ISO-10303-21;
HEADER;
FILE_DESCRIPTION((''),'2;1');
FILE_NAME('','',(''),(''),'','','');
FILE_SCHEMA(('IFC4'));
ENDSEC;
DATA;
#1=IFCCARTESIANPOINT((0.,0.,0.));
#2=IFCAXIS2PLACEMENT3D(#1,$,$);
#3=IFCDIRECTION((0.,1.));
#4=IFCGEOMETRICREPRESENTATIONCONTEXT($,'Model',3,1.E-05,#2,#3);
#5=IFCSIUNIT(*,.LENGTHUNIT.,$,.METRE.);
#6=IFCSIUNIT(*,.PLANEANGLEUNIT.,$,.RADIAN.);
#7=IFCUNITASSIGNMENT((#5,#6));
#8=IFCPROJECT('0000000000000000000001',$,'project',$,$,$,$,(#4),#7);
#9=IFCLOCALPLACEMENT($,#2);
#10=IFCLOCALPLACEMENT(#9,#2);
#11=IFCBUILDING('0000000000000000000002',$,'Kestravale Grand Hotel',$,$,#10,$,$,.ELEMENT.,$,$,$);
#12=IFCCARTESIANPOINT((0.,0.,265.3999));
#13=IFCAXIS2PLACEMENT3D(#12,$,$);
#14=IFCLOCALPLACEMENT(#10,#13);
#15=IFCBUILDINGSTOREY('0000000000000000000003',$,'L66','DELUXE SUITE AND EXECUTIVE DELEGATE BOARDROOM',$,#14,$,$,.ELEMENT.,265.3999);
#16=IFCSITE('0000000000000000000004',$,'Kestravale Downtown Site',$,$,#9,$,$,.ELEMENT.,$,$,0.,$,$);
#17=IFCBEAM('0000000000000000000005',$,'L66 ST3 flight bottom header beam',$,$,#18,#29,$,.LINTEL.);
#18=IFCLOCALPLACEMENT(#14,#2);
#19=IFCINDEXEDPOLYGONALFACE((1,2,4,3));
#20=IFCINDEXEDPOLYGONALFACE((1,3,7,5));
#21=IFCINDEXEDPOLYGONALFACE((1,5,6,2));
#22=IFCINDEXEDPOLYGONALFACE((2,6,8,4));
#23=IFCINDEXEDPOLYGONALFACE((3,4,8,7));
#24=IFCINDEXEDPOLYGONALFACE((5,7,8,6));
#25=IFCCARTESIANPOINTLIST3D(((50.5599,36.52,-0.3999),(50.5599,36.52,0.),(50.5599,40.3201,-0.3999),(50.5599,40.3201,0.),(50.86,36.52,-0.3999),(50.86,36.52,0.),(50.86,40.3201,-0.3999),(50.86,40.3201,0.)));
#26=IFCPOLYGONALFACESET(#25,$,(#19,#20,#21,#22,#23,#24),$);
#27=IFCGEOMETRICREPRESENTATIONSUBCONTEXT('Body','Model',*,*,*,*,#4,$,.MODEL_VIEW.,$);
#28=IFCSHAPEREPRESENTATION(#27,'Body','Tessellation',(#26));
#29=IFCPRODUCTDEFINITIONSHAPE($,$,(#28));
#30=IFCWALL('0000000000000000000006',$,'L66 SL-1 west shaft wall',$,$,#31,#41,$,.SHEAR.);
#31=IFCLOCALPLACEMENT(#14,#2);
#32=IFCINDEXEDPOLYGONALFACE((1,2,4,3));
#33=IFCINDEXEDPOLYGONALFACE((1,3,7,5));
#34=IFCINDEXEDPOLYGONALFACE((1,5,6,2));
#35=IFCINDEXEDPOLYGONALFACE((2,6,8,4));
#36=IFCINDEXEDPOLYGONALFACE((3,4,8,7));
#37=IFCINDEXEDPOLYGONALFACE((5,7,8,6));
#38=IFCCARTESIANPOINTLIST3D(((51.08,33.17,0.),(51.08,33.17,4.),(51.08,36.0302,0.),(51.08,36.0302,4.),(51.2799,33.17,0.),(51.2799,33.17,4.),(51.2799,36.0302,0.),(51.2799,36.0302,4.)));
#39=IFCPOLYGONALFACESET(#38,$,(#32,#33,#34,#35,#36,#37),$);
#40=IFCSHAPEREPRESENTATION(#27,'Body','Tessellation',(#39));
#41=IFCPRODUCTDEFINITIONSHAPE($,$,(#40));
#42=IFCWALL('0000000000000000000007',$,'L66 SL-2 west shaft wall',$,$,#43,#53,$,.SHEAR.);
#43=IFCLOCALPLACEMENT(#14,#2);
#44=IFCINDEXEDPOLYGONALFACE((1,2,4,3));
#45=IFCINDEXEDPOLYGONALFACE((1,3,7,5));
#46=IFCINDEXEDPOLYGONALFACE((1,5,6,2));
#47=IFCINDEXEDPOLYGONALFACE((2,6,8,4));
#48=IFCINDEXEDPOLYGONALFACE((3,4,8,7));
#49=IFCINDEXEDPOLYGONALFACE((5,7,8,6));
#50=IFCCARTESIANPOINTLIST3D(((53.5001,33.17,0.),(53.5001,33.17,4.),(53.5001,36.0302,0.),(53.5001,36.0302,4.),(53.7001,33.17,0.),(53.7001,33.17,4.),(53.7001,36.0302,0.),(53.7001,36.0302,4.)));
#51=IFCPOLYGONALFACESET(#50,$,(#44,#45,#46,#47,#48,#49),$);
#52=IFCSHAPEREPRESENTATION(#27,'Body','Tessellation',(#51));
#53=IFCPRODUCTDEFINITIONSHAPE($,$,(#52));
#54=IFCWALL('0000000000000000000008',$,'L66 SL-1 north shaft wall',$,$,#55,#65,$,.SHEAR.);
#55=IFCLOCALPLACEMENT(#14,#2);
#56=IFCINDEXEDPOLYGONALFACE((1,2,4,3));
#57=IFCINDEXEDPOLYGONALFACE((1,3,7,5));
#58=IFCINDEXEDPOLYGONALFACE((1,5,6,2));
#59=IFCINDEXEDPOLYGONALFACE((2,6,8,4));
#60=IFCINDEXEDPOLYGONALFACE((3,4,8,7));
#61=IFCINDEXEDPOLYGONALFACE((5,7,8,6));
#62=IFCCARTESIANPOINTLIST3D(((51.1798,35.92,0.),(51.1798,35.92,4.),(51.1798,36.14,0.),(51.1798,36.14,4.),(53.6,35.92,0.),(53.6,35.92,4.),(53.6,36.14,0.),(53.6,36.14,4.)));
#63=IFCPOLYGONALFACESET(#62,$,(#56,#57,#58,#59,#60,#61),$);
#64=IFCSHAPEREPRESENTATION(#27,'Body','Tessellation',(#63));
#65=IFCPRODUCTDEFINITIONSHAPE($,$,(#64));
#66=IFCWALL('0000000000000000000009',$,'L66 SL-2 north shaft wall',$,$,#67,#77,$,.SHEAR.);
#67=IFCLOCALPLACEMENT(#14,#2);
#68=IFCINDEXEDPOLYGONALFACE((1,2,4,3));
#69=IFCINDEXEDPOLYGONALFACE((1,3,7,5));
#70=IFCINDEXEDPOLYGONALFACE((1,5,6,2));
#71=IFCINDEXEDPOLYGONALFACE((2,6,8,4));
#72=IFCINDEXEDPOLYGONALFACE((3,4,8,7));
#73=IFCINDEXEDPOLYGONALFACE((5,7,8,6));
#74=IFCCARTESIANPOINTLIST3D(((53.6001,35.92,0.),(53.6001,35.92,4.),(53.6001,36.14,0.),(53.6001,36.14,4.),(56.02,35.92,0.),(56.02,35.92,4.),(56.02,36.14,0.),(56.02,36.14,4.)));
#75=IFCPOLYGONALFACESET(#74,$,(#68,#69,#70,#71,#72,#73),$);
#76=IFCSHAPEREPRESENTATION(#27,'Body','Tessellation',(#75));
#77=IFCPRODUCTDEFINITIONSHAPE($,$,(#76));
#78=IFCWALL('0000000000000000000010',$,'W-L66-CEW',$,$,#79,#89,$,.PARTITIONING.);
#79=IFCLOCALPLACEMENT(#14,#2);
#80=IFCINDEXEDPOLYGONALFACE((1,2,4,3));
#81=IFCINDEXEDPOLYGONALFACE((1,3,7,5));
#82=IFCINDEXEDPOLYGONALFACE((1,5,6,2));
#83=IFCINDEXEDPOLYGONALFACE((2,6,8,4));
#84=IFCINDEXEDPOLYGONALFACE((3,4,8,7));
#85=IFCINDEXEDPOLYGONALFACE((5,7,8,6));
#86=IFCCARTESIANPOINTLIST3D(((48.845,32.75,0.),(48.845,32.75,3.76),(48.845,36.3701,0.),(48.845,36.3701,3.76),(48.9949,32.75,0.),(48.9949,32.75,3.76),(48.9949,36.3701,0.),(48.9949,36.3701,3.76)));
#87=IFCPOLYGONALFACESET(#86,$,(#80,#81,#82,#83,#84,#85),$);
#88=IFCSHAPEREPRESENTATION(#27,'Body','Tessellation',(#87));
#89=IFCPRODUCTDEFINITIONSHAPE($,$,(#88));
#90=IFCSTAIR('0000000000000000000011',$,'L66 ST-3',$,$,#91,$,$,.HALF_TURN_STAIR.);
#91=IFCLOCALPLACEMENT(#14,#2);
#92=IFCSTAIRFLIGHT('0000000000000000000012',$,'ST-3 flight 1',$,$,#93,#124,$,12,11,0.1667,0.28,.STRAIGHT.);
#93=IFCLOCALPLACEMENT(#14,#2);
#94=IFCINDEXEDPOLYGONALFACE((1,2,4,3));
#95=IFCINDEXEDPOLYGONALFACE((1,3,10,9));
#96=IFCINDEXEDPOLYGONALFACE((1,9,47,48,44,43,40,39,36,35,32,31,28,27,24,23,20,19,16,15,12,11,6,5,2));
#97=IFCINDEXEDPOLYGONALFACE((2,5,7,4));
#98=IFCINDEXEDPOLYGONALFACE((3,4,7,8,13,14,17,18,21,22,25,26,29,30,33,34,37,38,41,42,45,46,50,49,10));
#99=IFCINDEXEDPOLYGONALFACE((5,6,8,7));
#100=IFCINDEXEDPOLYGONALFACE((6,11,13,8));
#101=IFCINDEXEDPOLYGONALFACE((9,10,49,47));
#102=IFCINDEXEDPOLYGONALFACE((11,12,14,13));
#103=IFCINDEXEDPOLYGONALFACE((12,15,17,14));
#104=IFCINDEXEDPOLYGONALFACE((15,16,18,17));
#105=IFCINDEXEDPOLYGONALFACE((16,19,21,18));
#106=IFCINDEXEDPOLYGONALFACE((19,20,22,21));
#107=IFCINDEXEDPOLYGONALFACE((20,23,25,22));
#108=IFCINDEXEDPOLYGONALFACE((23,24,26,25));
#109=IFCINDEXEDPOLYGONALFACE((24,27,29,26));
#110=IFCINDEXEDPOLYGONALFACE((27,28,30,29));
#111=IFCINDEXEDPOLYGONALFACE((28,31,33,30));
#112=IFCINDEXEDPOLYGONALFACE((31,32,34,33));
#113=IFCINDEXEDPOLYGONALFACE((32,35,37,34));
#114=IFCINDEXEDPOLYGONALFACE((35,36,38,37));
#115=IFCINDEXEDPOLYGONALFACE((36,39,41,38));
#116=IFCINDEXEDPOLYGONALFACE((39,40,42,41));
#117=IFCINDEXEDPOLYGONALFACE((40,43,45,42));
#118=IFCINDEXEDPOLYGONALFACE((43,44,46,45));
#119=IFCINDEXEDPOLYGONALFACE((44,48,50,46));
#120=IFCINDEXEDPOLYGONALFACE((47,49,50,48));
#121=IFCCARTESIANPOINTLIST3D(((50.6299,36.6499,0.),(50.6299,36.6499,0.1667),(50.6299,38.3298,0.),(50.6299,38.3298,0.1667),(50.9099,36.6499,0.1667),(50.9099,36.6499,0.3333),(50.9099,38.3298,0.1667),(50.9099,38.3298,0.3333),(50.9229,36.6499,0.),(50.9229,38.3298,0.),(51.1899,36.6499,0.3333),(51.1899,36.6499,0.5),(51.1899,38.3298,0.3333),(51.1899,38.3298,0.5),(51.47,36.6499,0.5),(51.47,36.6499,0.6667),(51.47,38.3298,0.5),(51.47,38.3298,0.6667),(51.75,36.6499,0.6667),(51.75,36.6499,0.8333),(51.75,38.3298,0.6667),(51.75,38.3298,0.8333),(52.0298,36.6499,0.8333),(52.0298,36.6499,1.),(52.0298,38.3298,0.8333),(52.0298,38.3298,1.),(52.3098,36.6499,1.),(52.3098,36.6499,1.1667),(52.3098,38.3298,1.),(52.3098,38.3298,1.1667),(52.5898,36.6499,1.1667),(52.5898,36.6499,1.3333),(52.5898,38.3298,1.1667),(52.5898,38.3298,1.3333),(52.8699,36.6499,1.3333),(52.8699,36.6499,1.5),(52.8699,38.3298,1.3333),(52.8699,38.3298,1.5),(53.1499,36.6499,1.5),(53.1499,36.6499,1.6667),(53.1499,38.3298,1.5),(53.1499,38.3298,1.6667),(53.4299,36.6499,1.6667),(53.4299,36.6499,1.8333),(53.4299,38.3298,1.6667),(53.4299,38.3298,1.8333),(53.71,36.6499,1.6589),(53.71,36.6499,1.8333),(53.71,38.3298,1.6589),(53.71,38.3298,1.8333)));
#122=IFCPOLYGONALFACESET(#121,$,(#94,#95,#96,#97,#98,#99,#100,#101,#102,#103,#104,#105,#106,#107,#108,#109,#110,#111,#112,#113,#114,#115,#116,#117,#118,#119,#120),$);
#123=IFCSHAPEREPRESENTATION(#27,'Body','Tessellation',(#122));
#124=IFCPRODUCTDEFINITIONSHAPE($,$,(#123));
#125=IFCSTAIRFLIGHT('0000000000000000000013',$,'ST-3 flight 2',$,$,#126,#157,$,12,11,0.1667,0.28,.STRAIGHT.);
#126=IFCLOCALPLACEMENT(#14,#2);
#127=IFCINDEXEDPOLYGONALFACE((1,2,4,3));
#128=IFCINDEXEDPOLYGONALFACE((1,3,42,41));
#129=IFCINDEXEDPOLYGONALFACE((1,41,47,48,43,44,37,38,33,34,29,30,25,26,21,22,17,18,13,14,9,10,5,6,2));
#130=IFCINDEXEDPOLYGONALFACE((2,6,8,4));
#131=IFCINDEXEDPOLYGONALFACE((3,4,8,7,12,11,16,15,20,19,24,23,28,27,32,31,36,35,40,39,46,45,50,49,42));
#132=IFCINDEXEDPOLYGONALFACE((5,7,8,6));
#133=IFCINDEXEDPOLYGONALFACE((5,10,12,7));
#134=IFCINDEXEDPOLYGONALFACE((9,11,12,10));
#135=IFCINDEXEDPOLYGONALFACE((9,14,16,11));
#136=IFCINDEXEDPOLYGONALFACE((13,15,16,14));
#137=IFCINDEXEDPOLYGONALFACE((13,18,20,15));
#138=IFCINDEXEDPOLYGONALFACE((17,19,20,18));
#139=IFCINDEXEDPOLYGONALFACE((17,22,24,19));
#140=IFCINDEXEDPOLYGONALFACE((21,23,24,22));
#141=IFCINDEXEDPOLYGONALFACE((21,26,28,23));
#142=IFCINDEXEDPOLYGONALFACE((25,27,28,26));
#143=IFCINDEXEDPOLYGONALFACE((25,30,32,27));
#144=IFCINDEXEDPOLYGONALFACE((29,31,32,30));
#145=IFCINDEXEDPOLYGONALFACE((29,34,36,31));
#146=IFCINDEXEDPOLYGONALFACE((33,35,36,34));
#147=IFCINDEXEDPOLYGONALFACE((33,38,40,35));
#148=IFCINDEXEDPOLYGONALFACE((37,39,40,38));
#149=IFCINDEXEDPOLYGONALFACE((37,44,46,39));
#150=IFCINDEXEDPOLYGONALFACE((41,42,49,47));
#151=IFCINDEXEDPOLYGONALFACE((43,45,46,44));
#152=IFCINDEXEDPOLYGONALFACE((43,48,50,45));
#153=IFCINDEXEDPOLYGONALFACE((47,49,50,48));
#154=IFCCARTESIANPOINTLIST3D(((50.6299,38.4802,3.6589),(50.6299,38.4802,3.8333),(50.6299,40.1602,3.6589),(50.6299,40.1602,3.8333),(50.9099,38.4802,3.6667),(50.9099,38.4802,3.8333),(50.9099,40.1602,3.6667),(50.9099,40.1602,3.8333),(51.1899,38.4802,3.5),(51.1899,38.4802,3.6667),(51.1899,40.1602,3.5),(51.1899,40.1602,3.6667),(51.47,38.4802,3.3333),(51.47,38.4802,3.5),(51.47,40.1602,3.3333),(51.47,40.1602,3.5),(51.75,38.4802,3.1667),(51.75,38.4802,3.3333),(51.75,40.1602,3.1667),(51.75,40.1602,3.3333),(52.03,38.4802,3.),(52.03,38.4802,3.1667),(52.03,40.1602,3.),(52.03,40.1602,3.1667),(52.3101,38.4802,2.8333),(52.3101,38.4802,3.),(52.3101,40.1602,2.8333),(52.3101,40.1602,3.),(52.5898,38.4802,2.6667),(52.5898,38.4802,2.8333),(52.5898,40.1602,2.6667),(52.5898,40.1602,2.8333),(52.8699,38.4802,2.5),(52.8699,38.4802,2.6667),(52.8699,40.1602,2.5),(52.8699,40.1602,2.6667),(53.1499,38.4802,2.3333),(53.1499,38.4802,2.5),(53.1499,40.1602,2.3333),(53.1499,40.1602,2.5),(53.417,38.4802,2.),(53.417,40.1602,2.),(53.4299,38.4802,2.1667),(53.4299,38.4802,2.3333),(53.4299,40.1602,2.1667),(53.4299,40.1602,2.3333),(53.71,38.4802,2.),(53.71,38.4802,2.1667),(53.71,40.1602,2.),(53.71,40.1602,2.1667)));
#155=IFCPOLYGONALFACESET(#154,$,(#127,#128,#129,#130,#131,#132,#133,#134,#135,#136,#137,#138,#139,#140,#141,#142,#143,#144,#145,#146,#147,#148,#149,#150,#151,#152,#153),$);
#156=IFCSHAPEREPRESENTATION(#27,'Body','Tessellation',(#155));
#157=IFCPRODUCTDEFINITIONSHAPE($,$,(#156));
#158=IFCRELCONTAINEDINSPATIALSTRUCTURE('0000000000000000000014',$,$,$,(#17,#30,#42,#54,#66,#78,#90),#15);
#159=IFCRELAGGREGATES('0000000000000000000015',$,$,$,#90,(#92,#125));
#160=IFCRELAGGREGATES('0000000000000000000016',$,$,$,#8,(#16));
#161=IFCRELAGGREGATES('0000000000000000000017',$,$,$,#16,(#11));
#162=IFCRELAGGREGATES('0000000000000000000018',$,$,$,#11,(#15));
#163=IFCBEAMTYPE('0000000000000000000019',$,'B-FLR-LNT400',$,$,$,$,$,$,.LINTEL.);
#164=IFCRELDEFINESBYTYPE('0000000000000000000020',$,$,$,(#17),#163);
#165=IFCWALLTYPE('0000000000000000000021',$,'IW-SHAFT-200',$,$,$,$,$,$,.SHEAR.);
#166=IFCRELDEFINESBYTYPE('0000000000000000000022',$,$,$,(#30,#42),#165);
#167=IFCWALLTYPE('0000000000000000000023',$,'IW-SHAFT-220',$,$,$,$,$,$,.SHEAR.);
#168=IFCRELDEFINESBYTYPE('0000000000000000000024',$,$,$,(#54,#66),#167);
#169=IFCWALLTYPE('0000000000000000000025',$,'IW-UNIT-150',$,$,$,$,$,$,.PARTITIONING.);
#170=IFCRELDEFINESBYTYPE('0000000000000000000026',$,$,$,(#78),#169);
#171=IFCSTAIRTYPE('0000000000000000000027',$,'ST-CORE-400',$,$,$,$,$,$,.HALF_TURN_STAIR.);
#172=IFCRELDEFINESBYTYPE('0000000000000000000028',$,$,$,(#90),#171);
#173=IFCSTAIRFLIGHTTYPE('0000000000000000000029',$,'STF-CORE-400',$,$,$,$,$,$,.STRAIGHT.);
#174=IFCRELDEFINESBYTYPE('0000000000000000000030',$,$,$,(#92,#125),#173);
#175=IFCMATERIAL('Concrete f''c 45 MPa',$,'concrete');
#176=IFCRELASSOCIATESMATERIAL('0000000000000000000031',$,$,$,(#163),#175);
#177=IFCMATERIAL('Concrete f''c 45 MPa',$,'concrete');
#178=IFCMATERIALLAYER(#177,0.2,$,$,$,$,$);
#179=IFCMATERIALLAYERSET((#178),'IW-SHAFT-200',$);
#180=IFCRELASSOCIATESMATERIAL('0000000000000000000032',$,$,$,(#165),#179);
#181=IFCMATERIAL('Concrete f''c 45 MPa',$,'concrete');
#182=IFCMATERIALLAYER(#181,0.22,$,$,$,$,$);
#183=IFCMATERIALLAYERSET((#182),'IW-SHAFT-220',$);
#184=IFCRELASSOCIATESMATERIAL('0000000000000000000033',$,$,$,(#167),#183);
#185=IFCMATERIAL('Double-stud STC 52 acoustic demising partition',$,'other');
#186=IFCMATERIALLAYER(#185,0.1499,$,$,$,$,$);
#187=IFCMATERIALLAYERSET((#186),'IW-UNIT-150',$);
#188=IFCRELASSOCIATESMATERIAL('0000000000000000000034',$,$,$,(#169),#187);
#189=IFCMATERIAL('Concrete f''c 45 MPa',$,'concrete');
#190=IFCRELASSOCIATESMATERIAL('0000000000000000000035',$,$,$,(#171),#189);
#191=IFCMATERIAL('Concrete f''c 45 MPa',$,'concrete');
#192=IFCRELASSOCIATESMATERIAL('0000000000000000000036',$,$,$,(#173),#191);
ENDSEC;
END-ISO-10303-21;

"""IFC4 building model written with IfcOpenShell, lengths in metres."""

from ifc_helpers import new_model, si_unit, direction, frame, frame_2d, origin, origin_2d, place, context, subcontext, project, spatial, polyline, rectangle, outline, extrude, material, layer, layer_set, material_profile, profile_set, type_object, element, aggregate, save


model = new_model("IFC4")

# Units and contexts
model_context = context("Model", 3, precision=1e-05, world=origin(), true_north=direction((0.0, 1.0)))
body_context = subcontext(model_context, "Body", "Model", "MODEL_VIEW")
ifc_project = project(units=[si_unit("LENGTHUNIT", "METRE"), si_unit("PLANEANGLEUNIT", "RADIAN")], contexts=[model_context])

# Site, building, storey
site_placement = place(None, origin())
site = spatial("IfcSite", under=ifc_project, at=site_placement, Name="Kestravale Downtown Site", CompositionType="ELEMENT", RefElevation=0.0)
building_placement = place(site_placement, origin())
building = spatial("IfcBuilding", under=site, at=building_placement, Name="Kestravale Grand Hotel", CompositionType="ELEMENT")
storey_placement = place(building_placement, frame((0.0, 0.0, 265.3999)))
storey = spatial("IfcBuildingStorey", under=building, at=storey_placement, Name="L66", Description="DELUXE SUITE AND EXECUTIVE DELEGATE BOARDROOM", CompositionType="ELEMENT", Elevation=265.3999)

# Beam
ifc_material_1 = material(Name="Concrete f'c 45 MPa", Category="concrete")
ifc_material_profile = material_profile(ifc_material_1, rectangle(XDim=0.3, YDim=0.3999, at=origin_2d()))
ifc_profile_set = profile_set([ifc_material_profile], Name="Concrete f'c 45 MPa")
beam_type = type_object("IfcBeamType", Name="B-FLR-LNT400", PredefinedType="LINTEL", material=ifc_profile_set)
beam_placement = place(storey_placement, frame((50.71, 36.52, -0.2), z_axis=(0.0, 1.0, 0.0), x_axis=(-1.0, 0.0, 0.0)))
element("IfcBeam", 1, at=beam_placement, inside=storey, type_object=beam_type, Name="L66 ST3 flight bottom header beam", PredefinedType="LINTEL", context=body_context, shape_type="SweptSolid", body=[
    extrude(rectangle(XDim=0.3, YDim=0.3999, at=origin_2d()), origin(), (0.0, 0.0, 1.0), 3.8),
])

# Walls
ifc_material_2 = material(Name="Concrete f'c 45 MPa", Category="concrete")
ifc_layer_1 = layer(ifc_material_2, 0.2)
ifc_layer_set_1 = layer_set([ifc_layer_1], Name="IW-SHAFT-200")
wall_type_1 = type_object("IfcWallType", Name="IW-SHAFT-200", PredefinedType="SHEAR", material=ifc_layer_set_1)
for number, where, z_axis, x_axis, name in (
    (2, (51.1799, 33.1699, 0.0), (0.0, 0.0, 1.0), (0.0, 1.0, 0.0), "L66 SL-1 west shaft wall"),
    (3, (53.6001, 33.1699, 0.0), (0.0, 0.0, 1.0), (0.0, 1.0, 0.0), "L66 SL-2 west shaft wall"),
):
    element("IfcWall", number, at=place(storey_placement, frame(where, z_axis=z_axis, x_axis=x_axis)), inside=storey, type_object=wall_type_1, Name=name, PredefinedType="SHEAR", context=body_context, shape_type="SweptSolid", body=[
        extrude(rectangle(XDim=2.8601, YDim=0.2, at=frame_2d((1.4302, 0.0))), origin(), (0.0, 0.0, 1.0), 4.0),
    ])
ifc_material_3 = material(Name="Concrete f'c 45 MPa", Category="concrete")
ifc_layer_2 = layer(ifc_material_3, 0.22)
ifc_layer_set_2 = layer_set([ifc_layer_2], Name="IW-SHAFT-220")
wall_type_2 = type_object("IfcWallType", Name="IW-SHAFT-220", PredefinedType="SHEAR", material=ifc_layer_set_2)
wall_1_placement = place(storey_placement, frame((51.1799, 36.03, 0.0), z_axis=(0.0, 0.0, 1.0), x_axis=(1.0, 0.0, 0.0)))
element("IfcWall", 4, at=wall_1_placement, inside=storey, type_object=wall_type_2, Name="L66 SL-1 north shaft wall", PredefinedType="SHEAR", context=body_context, shape_type="SweptSolid", body=[
    extrude(rectangle(XDim=2.4202, YDim=0.22, at=frame_2d((1.21, 0.0))), origin(), (0.0, 0.0, 1.0), 4.0),
])

# Wall
wall_2_placement = place(storey_placement, frame((53.6001, 36.03, 0.0), z_axis=(0.0, 0.0, 1.0), x_axis=(1.0, 0.0, 0.0)))
element("IfcWall", 5, at=wall_2_placement, inside=storey, type_object=wall_type_2, Name="L66 SL-2 north shaft wall", PredefinedType="SHEAR", context=body_context, shape_type="SweptSolid", body=[
    extrude(rectangle(XDim=2.4199, YDim=0.22, at=frame_2d((1.21, 0.0))), origin(), (0.0, 0.0, 1.0), 4.0),
])

# Wall
ifc_material_4 = material(Name="Double-stud STC 52 acoustic demising partition", Category="other")
ifc_layer_3 = layer(ifc_material_4, 0.1499)
ifc_layer_set_3 = layer_set([ifc_layer_3], Name="IW-UNIT-150")
wall_type_3 = type_object("IfcWallType", Name="IW-UNIT-150", PredefinedType="PARTITIONING", material=ifc_layer_set_3)
wall_3_placement = place(storey_placement, frame((48.9199, 32.75, 0.0), z_axis=(0.0, 0.0, 1.0), x_axis=(0.0, 1.0, 0.0)))
element("IfcWall", 6, at=wall_3_placement, inside=storey, type_object=wall_type_3, Name="W-L66-CEW", PredefinedType="PARTITIONING", context=body_context, shape_type="SweptSolid", body=[
    extrude(rectangle(XDim=3.6201, YDim=0.1499, at=frame_2d((1.8101, 0.0))), origin(), (0.0, 0.0, 1.0), 3.76),
])

# Stair, stair flights
ifc_material_5 = material(Name="Concrete f'c 45 MPa", Category="concrete")
stair_type = type_object("IfcStairType", Name="ST-CORE-400", PredefinedType="HALF_TURN_STAIR", material=ifc_material_5)
stair_placement = place(storey_placement, origin())
stair = element("IfcStair", 7, at=stair_placement, inside=storey, type_object=stair_type, Name="L66 ST-3", PredefinedType="HALF_TURN_STAIR")
ifc_material_6 = material(Name="Concrete f'c 45 MPa", Category="concrete")
stair_flight_type = type_object("IfcStairFlightType", Name="STF-CORE-400", PredefinedType="STRAIGHT", material=ifc_material_6)
stair_flight_1_placement = place(storey_placement, frame((50.6299, 37.49, 0.0), z_axis=(0.0, 0.0, 1.0), x_axis=(1.0, 0.0, 0.0)))
stair_flight_1 = element("IfcStairFlight", 8, at=stair_flight_1_placement, type_object=stair_flight_type, Name="ST-3 flight 1", NumberOfRisers=12, NumberOfTreads=11, PredefinedType="STRAIGHT", RiserHeight=0.1667, TreadLength=0.28, context=body_context, shape_type="SweptSolid", body=[
    extrude(outline(polyline([(0.0, 0.0), (0.0, 0.1667), (0.28, 0.1667), (0.28, 0.3333), (0.5601, 0.3333), (0.5601, 0.5), (0.8401, 0.5), (0.8401, 0.6667), (1.1201, 0.6667), (1.1201, 0.8333), (1.3999, 0.8333), (1.3999, 1.0), (1.6799, 1.0), (1.6799, 1.1667), (1.96, 1.1667), (1.96, 1.3333), (2.24, 1.3333), (2.24, 1.5), (2.52, 1.5), (2.52, 1.6667), (2.8, 1.6667), (2.8, 1.8333), (3.0801, 1.8333), (3.0801, 2.0), (3.0801, 1.6589), (0.293, 0.0), (0.0, 0.0)])), frame((0.0, 0.8398, 0.0), z_axis=(0.0, -1.0, 0.0), x_axis=(1.0, 0.0, 0.0)), (0.0, 0.0, 1.0), 1.6799),
])
stair_flight_2_placement = place(storey_placement, frame((53.71, 39.3201, 2.0), z_axis=(0.0, 0.0, 1.0), x_axis=(-1.0, 0.0, 0.0)))
stair_flight_2 = element("IfcStairFlight", 9, at=stair_flight_2_placement, type_object=stair_flight_type, Name="ST-3 flight 2", NumberOfRisers=12, NumberOfTreads=11, PredefinedType="STRAIGHT", RiserHeight=0.1667, TreadLength=0.28, context=body_context, shape_type="SweptSolid", body=[
    extrude(outline(polyline([(0.0, 0.0), (0.0, 0.1667), (0.28, 0.1667), (0.28, 0.3333), (0.5601, 0.3333), (0.5601, 0.5), (0.8401, 0.5), (0.8401, 0.6667), (1.1201, 0.6667), (1.1201, 0.8333), (1.3999, 0.8333), (1.3999, 1.0), (1.6799, 1.0), (1.6799, 1.1667), (1.96, 1.1667), (1.96, 1.3333), (2.24, 1.3333), (2.24, 1.5), (2.52, 1.5), (2.52, 1.6667), (2.8, 1.6667), (2.8, 1.8333), (3.0801, 1.8333), (3.0801, 2.0), (3.0801, 1.6589), (0.293, 0.0), (0.0, 0.0)])), frame((0.0, 0.8398, 0.0), z_axis=(0.0, -1.0, 0.0), x_axis=(1.0, 0.0, 0.0)), (0.0, 0.0, 1.0), 1.6799),
])
aggregate(stair, [stair_flight_1, stair_flight_2])

save(model, "model.ifc")
